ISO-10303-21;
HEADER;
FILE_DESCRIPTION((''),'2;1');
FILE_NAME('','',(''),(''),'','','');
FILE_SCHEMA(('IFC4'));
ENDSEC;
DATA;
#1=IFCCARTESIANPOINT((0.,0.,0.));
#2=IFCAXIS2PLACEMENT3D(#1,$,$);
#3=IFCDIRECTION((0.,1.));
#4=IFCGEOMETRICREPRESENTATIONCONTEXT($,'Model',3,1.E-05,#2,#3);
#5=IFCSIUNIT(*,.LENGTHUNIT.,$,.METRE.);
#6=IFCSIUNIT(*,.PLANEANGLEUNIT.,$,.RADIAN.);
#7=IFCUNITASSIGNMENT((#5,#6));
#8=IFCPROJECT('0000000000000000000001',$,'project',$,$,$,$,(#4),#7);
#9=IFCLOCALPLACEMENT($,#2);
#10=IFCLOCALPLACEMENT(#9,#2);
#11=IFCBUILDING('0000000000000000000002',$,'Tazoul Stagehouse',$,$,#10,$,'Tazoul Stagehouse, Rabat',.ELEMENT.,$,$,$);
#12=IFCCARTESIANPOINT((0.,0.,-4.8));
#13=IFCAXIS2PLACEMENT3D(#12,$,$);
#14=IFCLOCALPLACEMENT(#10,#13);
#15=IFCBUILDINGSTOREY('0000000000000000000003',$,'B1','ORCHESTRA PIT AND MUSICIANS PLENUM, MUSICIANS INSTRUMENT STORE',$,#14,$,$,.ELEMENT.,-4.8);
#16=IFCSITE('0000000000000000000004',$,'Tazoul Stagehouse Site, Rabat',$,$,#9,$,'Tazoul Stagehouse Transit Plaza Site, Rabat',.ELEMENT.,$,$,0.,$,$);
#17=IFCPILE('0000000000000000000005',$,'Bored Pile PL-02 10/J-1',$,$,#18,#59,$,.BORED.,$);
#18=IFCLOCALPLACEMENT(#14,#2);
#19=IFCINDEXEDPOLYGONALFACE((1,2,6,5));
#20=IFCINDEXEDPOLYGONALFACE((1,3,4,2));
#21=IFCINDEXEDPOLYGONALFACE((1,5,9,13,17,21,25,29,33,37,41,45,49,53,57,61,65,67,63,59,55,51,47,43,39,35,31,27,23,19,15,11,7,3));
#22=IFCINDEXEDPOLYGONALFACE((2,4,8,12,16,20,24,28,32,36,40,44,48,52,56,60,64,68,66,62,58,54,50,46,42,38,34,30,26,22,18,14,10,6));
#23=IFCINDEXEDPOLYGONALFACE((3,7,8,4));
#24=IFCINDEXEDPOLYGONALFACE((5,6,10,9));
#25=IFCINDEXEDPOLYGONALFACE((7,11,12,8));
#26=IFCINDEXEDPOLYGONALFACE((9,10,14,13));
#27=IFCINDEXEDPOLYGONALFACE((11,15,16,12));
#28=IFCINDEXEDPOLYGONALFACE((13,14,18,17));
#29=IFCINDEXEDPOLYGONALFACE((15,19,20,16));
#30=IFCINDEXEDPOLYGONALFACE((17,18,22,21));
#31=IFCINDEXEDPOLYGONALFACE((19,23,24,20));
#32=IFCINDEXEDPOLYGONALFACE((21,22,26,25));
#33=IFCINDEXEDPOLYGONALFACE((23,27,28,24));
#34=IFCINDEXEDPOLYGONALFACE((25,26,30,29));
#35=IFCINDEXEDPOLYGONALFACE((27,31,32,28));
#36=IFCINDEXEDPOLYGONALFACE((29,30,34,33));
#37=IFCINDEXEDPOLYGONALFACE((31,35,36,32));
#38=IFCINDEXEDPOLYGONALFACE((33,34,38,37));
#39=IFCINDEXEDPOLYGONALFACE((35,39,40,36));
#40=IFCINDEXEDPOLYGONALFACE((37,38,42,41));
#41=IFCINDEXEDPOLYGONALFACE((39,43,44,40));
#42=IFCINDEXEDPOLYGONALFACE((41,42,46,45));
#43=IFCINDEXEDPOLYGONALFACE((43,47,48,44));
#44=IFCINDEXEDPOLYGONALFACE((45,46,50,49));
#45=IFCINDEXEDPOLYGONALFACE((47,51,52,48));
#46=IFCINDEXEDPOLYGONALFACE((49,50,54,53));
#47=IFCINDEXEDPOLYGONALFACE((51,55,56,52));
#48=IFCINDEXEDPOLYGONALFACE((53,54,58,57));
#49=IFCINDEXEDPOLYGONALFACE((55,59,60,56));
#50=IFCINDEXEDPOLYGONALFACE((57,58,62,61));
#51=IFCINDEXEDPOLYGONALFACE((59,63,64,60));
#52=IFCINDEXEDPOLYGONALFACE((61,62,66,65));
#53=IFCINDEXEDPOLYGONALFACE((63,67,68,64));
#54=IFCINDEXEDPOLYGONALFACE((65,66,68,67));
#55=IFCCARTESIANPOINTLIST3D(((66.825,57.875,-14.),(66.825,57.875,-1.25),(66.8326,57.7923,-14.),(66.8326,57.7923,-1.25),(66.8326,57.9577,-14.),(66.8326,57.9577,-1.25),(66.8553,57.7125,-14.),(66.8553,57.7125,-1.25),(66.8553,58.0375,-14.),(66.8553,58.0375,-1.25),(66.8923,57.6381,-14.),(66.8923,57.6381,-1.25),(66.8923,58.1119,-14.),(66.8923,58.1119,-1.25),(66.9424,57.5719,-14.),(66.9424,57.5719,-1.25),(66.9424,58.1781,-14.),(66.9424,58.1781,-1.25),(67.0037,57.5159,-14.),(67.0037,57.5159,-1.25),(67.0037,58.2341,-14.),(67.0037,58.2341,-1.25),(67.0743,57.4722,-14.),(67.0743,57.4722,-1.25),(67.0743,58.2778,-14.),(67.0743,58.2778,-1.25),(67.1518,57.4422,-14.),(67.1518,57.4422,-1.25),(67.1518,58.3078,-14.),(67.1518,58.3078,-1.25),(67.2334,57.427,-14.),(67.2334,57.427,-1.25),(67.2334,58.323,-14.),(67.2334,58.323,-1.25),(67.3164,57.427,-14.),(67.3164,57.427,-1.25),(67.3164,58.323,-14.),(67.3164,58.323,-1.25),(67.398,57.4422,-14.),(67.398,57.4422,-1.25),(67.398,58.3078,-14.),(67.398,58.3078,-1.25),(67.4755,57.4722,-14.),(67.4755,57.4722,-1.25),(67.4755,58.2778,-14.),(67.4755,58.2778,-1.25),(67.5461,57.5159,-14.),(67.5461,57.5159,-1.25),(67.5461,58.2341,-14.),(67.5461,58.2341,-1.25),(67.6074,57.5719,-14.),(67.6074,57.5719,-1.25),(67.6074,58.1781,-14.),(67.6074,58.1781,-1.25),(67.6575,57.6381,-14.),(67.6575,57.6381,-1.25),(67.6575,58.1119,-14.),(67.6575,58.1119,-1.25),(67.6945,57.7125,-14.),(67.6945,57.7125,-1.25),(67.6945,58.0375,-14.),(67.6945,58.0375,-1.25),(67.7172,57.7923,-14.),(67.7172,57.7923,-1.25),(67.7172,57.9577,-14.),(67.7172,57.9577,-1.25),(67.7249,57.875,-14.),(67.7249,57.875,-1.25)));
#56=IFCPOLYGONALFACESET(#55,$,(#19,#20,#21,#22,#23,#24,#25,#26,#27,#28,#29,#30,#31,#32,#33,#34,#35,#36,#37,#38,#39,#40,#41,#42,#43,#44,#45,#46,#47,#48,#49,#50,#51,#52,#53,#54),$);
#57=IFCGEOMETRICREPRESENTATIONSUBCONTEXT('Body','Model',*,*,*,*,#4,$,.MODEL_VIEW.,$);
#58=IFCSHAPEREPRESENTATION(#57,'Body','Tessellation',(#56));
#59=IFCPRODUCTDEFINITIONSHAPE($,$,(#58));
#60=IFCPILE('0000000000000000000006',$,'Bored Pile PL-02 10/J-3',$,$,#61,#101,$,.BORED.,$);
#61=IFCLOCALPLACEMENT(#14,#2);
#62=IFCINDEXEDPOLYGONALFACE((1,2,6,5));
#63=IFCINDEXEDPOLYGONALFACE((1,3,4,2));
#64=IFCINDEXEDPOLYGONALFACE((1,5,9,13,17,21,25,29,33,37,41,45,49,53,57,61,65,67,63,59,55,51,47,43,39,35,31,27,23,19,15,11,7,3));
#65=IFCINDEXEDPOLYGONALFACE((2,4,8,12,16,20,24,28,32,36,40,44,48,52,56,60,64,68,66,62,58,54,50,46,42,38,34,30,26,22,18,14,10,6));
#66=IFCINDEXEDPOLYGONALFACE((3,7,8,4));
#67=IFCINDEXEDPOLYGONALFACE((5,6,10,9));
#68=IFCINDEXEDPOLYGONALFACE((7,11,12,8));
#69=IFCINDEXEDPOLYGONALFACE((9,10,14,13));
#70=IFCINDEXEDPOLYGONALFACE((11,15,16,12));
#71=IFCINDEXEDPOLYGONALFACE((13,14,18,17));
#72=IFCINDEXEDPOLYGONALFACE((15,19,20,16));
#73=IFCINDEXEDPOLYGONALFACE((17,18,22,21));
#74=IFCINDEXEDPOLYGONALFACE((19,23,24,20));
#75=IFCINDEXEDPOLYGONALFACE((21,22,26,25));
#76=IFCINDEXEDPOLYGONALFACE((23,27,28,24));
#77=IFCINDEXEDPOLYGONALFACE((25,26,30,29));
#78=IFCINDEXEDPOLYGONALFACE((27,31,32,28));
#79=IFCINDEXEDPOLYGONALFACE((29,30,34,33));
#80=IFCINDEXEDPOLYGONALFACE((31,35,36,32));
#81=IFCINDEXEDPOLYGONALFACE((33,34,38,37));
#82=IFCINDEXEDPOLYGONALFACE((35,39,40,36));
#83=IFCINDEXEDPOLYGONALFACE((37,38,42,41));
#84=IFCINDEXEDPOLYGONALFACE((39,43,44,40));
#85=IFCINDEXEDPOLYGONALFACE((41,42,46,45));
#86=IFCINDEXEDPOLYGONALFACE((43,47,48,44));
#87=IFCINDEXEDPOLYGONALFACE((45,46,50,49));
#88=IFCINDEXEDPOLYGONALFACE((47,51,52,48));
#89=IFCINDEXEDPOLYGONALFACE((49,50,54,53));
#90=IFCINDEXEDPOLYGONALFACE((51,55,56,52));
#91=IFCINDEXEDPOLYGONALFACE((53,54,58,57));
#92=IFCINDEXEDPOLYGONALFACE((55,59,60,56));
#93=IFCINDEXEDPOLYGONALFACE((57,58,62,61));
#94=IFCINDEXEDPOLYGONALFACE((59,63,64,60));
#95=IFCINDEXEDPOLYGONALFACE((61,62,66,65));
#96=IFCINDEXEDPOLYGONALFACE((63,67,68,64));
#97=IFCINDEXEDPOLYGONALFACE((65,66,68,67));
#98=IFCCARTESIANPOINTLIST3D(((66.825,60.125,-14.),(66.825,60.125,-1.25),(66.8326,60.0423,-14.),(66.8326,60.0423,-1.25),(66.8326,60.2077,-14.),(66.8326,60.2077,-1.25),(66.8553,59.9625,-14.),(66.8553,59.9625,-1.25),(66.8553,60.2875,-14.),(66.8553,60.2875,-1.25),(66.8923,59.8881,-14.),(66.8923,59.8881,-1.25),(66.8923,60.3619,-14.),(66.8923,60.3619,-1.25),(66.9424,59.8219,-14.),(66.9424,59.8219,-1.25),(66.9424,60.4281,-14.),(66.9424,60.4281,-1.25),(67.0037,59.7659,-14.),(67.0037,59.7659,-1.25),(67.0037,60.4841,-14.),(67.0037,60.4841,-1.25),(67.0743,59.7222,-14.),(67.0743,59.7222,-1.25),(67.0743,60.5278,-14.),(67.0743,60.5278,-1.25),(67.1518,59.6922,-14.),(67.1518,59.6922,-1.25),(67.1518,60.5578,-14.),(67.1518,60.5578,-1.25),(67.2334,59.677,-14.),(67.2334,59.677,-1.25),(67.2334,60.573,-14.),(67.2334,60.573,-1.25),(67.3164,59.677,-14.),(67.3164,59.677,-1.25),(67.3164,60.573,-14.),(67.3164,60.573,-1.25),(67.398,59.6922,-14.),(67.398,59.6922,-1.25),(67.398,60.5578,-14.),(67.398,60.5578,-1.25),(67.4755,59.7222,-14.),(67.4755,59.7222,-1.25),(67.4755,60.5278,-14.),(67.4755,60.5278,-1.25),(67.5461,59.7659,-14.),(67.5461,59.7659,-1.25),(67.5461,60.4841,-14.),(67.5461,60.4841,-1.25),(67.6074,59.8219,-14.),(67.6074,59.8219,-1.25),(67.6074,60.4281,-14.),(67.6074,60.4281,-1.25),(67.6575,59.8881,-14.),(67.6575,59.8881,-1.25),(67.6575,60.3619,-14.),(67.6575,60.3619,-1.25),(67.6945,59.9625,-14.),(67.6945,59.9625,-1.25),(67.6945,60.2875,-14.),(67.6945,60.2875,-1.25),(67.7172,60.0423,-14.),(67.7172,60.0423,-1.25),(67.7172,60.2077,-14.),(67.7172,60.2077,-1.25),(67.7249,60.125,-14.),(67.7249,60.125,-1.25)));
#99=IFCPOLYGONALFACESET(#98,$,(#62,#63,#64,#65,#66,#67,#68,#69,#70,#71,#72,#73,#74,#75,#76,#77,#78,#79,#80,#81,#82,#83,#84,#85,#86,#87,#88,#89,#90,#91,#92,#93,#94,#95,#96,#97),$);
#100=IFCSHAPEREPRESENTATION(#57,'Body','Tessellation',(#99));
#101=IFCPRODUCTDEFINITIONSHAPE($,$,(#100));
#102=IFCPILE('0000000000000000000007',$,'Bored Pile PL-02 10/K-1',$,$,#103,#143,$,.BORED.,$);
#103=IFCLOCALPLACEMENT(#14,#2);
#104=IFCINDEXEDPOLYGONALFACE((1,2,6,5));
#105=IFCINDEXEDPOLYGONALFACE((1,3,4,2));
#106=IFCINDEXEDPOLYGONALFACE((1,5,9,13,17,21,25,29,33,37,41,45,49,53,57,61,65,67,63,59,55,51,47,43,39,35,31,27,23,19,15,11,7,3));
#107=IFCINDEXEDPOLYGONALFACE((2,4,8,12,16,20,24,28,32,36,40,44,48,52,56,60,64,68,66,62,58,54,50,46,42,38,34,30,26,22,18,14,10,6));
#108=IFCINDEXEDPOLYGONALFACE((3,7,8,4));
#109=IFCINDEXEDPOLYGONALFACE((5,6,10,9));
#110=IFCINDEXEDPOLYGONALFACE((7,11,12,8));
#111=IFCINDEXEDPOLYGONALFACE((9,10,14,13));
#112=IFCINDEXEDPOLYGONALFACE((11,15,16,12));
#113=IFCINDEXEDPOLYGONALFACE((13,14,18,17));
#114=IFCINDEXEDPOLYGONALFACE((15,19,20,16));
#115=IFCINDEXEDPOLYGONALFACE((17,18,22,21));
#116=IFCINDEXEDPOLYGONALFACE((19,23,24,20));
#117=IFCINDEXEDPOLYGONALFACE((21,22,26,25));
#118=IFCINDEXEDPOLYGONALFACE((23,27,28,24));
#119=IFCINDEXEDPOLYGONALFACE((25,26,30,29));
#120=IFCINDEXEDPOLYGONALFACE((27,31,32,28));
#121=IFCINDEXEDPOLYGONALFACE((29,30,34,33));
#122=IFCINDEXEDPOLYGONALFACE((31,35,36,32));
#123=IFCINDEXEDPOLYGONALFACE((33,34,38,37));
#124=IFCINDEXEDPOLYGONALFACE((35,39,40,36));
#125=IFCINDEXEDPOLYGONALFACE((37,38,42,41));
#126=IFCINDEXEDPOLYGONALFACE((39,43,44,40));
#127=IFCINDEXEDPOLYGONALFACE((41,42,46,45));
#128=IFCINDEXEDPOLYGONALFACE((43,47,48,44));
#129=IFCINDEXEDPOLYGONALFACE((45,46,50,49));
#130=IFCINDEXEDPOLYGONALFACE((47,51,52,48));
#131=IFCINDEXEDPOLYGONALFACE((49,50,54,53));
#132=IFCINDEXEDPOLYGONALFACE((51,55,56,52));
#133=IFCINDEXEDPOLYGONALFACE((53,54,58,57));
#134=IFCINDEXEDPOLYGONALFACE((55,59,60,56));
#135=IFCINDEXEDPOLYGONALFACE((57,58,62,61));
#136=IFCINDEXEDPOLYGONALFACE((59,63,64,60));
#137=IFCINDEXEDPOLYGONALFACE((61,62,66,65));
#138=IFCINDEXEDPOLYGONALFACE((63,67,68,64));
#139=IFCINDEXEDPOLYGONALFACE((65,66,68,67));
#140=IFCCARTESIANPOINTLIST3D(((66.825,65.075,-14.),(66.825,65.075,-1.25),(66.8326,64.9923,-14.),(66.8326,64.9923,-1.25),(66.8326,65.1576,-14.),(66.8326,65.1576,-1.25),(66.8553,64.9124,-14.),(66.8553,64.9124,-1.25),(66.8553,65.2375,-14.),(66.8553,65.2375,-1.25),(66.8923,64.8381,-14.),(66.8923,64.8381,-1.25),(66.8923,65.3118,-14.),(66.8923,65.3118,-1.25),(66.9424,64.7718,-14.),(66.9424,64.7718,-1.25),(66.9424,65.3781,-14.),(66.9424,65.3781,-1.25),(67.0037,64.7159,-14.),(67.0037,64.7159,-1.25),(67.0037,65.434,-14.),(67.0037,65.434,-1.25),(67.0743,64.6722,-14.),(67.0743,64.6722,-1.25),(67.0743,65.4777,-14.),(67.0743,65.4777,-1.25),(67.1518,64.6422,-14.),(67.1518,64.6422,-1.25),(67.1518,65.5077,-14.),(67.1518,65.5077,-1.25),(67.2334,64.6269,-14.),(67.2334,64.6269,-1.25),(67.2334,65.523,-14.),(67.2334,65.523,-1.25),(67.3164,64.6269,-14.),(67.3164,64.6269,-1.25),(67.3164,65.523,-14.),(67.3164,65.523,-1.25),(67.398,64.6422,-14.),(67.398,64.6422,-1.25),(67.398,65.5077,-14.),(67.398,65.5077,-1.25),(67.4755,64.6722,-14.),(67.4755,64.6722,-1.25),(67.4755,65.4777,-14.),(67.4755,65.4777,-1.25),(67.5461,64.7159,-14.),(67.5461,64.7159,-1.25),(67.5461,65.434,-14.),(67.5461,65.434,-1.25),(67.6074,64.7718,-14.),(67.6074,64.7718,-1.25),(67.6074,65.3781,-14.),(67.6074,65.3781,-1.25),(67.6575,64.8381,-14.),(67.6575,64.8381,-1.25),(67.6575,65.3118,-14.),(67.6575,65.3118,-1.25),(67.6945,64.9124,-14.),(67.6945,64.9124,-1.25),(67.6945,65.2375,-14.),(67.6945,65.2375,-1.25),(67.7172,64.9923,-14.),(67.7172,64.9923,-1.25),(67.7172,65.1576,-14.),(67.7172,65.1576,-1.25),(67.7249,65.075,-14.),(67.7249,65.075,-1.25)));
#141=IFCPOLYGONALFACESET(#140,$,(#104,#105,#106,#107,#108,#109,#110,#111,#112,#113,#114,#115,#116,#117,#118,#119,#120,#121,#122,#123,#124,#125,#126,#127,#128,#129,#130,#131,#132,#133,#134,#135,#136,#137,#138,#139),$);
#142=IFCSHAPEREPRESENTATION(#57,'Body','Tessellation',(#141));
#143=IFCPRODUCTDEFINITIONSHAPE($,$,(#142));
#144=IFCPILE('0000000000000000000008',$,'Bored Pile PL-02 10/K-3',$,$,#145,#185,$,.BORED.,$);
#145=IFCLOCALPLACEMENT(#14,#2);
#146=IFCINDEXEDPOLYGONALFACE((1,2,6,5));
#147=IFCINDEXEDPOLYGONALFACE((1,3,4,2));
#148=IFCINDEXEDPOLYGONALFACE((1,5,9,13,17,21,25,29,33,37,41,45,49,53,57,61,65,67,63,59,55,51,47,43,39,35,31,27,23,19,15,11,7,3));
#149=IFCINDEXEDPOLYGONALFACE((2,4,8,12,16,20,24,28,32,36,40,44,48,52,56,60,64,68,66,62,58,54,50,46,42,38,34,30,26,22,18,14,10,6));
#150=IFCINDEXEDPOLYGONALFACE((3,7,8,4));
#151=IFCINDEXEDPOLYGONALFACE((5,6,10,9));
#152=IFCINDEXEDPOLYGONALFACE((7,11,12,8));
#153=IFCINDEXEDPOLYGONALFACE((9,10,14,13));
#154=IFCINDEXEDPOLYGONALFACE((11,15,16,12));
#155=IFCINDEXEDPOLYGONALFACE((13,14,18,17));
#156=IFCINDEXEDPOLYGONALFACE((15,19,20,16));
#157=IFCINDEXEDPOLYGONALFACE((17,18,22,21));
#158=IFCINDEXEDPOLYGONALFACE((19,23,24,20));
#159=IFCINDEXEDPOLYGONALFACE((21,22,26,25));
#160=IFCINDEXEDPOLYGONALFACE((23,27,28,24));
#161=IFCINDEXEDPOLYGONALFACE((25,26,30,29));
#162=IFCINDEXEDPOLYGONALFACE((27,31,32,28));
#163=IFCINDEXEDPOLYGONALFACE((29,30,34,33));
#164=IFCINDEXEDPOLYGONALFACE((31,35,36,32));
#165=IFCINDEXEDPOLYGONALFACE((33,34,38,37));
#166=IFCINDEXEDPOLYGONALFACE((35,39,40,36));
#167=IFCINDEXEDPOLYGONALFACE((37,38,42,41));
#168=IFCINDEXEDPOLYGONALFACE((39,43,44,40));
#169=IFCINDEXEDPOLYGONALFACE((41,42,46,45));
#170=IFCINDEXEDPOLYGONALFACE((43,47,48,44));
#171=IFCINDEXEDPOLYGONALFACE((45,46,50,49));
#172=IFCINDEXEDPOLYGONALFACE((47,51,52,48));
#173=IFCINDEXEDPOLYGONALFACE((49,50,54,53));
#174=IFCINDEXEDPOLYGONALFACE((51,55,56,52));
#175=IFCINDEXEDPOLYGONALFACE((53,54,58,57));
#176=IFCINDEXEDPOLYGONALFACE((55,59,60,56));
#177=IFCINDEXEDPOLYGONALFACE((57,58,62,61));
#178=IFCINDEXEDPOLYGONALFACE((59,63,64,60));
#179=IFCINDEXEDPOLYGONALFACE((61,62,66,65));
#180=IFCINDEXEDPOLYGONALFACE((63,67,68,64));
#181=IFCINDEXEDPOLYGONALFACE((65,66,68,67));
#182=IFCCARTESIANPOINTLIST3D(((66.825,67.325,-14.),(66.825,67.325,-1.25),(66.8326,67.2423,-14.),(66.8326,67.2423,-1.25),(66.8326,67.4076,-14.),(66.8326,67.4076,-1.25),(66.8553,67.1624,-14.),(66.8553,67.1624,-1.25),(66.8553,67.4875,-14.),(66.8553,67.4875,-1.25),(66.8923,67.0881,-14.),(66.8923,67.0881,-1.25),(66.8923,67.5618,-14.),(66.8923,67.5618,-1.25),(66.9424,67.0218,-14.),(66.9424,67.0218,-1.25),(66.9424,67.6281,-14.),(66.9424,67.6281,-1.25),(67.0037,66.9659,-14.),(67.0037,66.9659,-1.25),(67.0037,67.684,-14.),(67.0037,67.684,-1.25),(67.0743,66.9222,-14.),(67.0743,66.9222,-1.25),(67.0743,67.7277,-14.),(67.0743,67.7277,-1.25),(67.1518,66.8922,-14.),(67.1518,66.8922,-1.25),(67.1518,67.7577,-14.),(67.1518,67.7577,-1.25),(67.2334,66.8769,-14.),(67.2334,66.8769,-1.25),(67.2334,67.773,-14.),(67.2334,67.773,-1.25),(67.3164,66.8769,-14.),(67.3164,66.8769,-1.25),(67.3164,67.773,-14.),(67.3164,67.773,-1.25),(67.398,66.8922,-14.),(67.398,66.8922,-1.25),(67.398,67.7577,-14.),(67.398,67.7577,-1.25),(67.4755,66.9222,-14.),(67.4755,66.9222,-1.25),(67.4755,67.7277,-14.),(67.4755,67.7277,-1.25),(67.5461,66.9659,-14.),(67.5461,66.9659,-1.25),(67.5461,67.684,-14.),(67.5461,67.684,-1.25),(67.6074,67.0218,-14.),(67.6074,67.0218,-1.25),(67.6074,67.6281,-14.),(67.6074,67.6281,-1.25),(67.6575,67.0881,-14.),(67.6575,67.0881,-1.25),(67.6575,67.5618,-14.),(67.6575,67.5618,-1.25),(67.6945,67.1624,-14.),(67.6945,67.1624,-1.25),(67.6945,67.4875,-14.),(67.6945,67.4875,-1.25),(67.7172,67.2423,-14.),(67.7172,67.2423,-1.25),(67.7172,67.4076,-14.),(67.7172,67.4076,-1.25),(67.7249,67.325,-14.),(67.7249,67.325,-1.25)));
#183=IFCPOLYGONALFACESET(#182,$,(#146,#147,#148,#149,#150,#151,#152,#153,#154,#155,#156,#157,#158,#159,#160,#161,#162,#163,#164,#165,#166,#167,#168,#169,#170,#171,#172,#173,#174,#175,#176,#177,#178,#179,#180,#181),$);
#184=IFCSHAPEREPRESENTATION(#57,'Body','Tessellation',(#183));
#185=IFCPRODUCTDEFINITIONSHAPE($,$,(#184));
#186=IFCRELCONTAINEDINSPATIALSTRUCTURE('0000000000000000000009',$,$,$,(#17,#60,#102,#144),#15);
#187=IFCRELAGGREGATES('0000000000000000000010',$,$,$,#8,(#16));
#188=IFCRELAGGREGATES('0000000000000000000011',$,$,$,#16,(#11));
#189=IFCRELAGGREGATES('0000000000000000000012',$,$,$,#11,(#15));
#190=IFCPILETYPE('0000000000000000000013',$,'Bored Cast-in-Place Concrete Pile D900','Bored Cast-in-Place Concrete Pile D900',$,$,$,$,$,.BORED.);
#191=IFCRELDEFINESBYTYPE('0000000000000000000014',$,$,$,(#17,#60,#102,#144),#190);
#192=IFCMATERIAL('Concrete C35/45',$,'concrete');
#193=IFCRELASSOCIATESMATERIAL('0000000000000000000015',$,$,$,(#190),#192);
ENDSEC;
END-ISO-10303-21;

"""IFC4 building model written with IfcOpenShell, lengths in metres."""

from ifc_helpers import new_model, si_unit, direction, frame, origin, origin_2d, place, context, subcontext, project, spatial, circle, extrude, material, material_profile, profile_set, type_object, element, save


model = new_model("IFC4")

# Units and contexts
model_context = context("Model", 3, precision=1e-05, world=origin(), true_north=direction((0.0, 1.0)))
body_context = subcontext(model_context, "Body", "Model", "MODEL_VIEW")
ifc_project = project(units=[si_unit("LENGTHUNIT", "METRE"), si_unit("PLANEANGLEUNIT", "RADIAN")], contexts=[model_context])

# Site, building, storey
site_placement = place(None, origin())
site = spatial("IfcSite", under=ifc_project, at=site_placement, Name="Tazoul Stagehouse Site, Rabat", LongName="Tazoul Stagehouse Transit Plaza Site, Rabat", CompositionType="ELEMENT", RefElevation=0.0)
building_placement = place(site_placement, origin())
building = spatial("IfcBuilding", under=site, at=building_placement, Name="Tazoul Stagehouse", LongName="Tazoul Stagehouse, Rabat", CompositionType="ELEMENT")
storey_placement = place(building_placement, frame((0.0, 0.0, -4.8)))
storey = spatial("IfcBuildingStorey", under=building, at=storey_placement, Name="B1", Description="ORCHESTRA PIT AND MUSICIANS PLENUM, MUSICIANS INSTRUMENT STORE", CompositionType="ELEMENT", Elevation=-4.8)

# Piles
ifc_material_1 = material(Name="Concrete C35/45", Category="concrete")
ifc_material_profile_1 = material_profile(ifc_material_1, circle(Radius=0.45, at=origin_2d()), Name="BORED PILE 900")
ifc_profile_set_1 = profile_set([ifc_material_profile_1], Name="Concrete C35/45")
pile_type = type_object("IfcPileType", Name="Bored Cast-in-Place Concrete Pile D900", Description="Bored Cast-in-Place Concrete Pile D900", PredefinedType="BORED", material=ifc_profile_set_1)
for number, where, z_axis, x_axis, name in (
    (1, (67.2749, 57.875, -1.25), (0.0, 0.0, -1.0), (1.0, 0.0, 0.0), "Bored Pile PL-02 10/J-1"),
    (2, (67.2749, 60.125, -1.25), (0.0, 0.0, -1.0), (1.0, 0.0, 0.0), "Bored Pile PL-02 10/J-3"),
    (3, (67.2749, 65.075, -1.25), (0.0, 0.0, -1.0), (1.0, 0.0, 0.0), "Bored Pile PL-02 10/K-1"),
    (4, (67.2749, 67.325, -1.25), (0.0, 0.0, -1.0), (1.0, 0.0, 0.0), "Bored Pile PL-02 10/K-3"),
):
    element("IfcPile", number, at=place(storey_placement, frame(where, z_axis=z_axis, x_axis=x_axis)), inside=storey, type_object=pile_type, Name=name, PredefinedType="BORED", context=body_context, shape_type="SweptSolid", body=[
        extrude(circle(Radius=0.45, at=origin_2d()), origin(), (0.0, 0.0, 1.0), 12.75),
    ])

save(model, "model.ifc")
